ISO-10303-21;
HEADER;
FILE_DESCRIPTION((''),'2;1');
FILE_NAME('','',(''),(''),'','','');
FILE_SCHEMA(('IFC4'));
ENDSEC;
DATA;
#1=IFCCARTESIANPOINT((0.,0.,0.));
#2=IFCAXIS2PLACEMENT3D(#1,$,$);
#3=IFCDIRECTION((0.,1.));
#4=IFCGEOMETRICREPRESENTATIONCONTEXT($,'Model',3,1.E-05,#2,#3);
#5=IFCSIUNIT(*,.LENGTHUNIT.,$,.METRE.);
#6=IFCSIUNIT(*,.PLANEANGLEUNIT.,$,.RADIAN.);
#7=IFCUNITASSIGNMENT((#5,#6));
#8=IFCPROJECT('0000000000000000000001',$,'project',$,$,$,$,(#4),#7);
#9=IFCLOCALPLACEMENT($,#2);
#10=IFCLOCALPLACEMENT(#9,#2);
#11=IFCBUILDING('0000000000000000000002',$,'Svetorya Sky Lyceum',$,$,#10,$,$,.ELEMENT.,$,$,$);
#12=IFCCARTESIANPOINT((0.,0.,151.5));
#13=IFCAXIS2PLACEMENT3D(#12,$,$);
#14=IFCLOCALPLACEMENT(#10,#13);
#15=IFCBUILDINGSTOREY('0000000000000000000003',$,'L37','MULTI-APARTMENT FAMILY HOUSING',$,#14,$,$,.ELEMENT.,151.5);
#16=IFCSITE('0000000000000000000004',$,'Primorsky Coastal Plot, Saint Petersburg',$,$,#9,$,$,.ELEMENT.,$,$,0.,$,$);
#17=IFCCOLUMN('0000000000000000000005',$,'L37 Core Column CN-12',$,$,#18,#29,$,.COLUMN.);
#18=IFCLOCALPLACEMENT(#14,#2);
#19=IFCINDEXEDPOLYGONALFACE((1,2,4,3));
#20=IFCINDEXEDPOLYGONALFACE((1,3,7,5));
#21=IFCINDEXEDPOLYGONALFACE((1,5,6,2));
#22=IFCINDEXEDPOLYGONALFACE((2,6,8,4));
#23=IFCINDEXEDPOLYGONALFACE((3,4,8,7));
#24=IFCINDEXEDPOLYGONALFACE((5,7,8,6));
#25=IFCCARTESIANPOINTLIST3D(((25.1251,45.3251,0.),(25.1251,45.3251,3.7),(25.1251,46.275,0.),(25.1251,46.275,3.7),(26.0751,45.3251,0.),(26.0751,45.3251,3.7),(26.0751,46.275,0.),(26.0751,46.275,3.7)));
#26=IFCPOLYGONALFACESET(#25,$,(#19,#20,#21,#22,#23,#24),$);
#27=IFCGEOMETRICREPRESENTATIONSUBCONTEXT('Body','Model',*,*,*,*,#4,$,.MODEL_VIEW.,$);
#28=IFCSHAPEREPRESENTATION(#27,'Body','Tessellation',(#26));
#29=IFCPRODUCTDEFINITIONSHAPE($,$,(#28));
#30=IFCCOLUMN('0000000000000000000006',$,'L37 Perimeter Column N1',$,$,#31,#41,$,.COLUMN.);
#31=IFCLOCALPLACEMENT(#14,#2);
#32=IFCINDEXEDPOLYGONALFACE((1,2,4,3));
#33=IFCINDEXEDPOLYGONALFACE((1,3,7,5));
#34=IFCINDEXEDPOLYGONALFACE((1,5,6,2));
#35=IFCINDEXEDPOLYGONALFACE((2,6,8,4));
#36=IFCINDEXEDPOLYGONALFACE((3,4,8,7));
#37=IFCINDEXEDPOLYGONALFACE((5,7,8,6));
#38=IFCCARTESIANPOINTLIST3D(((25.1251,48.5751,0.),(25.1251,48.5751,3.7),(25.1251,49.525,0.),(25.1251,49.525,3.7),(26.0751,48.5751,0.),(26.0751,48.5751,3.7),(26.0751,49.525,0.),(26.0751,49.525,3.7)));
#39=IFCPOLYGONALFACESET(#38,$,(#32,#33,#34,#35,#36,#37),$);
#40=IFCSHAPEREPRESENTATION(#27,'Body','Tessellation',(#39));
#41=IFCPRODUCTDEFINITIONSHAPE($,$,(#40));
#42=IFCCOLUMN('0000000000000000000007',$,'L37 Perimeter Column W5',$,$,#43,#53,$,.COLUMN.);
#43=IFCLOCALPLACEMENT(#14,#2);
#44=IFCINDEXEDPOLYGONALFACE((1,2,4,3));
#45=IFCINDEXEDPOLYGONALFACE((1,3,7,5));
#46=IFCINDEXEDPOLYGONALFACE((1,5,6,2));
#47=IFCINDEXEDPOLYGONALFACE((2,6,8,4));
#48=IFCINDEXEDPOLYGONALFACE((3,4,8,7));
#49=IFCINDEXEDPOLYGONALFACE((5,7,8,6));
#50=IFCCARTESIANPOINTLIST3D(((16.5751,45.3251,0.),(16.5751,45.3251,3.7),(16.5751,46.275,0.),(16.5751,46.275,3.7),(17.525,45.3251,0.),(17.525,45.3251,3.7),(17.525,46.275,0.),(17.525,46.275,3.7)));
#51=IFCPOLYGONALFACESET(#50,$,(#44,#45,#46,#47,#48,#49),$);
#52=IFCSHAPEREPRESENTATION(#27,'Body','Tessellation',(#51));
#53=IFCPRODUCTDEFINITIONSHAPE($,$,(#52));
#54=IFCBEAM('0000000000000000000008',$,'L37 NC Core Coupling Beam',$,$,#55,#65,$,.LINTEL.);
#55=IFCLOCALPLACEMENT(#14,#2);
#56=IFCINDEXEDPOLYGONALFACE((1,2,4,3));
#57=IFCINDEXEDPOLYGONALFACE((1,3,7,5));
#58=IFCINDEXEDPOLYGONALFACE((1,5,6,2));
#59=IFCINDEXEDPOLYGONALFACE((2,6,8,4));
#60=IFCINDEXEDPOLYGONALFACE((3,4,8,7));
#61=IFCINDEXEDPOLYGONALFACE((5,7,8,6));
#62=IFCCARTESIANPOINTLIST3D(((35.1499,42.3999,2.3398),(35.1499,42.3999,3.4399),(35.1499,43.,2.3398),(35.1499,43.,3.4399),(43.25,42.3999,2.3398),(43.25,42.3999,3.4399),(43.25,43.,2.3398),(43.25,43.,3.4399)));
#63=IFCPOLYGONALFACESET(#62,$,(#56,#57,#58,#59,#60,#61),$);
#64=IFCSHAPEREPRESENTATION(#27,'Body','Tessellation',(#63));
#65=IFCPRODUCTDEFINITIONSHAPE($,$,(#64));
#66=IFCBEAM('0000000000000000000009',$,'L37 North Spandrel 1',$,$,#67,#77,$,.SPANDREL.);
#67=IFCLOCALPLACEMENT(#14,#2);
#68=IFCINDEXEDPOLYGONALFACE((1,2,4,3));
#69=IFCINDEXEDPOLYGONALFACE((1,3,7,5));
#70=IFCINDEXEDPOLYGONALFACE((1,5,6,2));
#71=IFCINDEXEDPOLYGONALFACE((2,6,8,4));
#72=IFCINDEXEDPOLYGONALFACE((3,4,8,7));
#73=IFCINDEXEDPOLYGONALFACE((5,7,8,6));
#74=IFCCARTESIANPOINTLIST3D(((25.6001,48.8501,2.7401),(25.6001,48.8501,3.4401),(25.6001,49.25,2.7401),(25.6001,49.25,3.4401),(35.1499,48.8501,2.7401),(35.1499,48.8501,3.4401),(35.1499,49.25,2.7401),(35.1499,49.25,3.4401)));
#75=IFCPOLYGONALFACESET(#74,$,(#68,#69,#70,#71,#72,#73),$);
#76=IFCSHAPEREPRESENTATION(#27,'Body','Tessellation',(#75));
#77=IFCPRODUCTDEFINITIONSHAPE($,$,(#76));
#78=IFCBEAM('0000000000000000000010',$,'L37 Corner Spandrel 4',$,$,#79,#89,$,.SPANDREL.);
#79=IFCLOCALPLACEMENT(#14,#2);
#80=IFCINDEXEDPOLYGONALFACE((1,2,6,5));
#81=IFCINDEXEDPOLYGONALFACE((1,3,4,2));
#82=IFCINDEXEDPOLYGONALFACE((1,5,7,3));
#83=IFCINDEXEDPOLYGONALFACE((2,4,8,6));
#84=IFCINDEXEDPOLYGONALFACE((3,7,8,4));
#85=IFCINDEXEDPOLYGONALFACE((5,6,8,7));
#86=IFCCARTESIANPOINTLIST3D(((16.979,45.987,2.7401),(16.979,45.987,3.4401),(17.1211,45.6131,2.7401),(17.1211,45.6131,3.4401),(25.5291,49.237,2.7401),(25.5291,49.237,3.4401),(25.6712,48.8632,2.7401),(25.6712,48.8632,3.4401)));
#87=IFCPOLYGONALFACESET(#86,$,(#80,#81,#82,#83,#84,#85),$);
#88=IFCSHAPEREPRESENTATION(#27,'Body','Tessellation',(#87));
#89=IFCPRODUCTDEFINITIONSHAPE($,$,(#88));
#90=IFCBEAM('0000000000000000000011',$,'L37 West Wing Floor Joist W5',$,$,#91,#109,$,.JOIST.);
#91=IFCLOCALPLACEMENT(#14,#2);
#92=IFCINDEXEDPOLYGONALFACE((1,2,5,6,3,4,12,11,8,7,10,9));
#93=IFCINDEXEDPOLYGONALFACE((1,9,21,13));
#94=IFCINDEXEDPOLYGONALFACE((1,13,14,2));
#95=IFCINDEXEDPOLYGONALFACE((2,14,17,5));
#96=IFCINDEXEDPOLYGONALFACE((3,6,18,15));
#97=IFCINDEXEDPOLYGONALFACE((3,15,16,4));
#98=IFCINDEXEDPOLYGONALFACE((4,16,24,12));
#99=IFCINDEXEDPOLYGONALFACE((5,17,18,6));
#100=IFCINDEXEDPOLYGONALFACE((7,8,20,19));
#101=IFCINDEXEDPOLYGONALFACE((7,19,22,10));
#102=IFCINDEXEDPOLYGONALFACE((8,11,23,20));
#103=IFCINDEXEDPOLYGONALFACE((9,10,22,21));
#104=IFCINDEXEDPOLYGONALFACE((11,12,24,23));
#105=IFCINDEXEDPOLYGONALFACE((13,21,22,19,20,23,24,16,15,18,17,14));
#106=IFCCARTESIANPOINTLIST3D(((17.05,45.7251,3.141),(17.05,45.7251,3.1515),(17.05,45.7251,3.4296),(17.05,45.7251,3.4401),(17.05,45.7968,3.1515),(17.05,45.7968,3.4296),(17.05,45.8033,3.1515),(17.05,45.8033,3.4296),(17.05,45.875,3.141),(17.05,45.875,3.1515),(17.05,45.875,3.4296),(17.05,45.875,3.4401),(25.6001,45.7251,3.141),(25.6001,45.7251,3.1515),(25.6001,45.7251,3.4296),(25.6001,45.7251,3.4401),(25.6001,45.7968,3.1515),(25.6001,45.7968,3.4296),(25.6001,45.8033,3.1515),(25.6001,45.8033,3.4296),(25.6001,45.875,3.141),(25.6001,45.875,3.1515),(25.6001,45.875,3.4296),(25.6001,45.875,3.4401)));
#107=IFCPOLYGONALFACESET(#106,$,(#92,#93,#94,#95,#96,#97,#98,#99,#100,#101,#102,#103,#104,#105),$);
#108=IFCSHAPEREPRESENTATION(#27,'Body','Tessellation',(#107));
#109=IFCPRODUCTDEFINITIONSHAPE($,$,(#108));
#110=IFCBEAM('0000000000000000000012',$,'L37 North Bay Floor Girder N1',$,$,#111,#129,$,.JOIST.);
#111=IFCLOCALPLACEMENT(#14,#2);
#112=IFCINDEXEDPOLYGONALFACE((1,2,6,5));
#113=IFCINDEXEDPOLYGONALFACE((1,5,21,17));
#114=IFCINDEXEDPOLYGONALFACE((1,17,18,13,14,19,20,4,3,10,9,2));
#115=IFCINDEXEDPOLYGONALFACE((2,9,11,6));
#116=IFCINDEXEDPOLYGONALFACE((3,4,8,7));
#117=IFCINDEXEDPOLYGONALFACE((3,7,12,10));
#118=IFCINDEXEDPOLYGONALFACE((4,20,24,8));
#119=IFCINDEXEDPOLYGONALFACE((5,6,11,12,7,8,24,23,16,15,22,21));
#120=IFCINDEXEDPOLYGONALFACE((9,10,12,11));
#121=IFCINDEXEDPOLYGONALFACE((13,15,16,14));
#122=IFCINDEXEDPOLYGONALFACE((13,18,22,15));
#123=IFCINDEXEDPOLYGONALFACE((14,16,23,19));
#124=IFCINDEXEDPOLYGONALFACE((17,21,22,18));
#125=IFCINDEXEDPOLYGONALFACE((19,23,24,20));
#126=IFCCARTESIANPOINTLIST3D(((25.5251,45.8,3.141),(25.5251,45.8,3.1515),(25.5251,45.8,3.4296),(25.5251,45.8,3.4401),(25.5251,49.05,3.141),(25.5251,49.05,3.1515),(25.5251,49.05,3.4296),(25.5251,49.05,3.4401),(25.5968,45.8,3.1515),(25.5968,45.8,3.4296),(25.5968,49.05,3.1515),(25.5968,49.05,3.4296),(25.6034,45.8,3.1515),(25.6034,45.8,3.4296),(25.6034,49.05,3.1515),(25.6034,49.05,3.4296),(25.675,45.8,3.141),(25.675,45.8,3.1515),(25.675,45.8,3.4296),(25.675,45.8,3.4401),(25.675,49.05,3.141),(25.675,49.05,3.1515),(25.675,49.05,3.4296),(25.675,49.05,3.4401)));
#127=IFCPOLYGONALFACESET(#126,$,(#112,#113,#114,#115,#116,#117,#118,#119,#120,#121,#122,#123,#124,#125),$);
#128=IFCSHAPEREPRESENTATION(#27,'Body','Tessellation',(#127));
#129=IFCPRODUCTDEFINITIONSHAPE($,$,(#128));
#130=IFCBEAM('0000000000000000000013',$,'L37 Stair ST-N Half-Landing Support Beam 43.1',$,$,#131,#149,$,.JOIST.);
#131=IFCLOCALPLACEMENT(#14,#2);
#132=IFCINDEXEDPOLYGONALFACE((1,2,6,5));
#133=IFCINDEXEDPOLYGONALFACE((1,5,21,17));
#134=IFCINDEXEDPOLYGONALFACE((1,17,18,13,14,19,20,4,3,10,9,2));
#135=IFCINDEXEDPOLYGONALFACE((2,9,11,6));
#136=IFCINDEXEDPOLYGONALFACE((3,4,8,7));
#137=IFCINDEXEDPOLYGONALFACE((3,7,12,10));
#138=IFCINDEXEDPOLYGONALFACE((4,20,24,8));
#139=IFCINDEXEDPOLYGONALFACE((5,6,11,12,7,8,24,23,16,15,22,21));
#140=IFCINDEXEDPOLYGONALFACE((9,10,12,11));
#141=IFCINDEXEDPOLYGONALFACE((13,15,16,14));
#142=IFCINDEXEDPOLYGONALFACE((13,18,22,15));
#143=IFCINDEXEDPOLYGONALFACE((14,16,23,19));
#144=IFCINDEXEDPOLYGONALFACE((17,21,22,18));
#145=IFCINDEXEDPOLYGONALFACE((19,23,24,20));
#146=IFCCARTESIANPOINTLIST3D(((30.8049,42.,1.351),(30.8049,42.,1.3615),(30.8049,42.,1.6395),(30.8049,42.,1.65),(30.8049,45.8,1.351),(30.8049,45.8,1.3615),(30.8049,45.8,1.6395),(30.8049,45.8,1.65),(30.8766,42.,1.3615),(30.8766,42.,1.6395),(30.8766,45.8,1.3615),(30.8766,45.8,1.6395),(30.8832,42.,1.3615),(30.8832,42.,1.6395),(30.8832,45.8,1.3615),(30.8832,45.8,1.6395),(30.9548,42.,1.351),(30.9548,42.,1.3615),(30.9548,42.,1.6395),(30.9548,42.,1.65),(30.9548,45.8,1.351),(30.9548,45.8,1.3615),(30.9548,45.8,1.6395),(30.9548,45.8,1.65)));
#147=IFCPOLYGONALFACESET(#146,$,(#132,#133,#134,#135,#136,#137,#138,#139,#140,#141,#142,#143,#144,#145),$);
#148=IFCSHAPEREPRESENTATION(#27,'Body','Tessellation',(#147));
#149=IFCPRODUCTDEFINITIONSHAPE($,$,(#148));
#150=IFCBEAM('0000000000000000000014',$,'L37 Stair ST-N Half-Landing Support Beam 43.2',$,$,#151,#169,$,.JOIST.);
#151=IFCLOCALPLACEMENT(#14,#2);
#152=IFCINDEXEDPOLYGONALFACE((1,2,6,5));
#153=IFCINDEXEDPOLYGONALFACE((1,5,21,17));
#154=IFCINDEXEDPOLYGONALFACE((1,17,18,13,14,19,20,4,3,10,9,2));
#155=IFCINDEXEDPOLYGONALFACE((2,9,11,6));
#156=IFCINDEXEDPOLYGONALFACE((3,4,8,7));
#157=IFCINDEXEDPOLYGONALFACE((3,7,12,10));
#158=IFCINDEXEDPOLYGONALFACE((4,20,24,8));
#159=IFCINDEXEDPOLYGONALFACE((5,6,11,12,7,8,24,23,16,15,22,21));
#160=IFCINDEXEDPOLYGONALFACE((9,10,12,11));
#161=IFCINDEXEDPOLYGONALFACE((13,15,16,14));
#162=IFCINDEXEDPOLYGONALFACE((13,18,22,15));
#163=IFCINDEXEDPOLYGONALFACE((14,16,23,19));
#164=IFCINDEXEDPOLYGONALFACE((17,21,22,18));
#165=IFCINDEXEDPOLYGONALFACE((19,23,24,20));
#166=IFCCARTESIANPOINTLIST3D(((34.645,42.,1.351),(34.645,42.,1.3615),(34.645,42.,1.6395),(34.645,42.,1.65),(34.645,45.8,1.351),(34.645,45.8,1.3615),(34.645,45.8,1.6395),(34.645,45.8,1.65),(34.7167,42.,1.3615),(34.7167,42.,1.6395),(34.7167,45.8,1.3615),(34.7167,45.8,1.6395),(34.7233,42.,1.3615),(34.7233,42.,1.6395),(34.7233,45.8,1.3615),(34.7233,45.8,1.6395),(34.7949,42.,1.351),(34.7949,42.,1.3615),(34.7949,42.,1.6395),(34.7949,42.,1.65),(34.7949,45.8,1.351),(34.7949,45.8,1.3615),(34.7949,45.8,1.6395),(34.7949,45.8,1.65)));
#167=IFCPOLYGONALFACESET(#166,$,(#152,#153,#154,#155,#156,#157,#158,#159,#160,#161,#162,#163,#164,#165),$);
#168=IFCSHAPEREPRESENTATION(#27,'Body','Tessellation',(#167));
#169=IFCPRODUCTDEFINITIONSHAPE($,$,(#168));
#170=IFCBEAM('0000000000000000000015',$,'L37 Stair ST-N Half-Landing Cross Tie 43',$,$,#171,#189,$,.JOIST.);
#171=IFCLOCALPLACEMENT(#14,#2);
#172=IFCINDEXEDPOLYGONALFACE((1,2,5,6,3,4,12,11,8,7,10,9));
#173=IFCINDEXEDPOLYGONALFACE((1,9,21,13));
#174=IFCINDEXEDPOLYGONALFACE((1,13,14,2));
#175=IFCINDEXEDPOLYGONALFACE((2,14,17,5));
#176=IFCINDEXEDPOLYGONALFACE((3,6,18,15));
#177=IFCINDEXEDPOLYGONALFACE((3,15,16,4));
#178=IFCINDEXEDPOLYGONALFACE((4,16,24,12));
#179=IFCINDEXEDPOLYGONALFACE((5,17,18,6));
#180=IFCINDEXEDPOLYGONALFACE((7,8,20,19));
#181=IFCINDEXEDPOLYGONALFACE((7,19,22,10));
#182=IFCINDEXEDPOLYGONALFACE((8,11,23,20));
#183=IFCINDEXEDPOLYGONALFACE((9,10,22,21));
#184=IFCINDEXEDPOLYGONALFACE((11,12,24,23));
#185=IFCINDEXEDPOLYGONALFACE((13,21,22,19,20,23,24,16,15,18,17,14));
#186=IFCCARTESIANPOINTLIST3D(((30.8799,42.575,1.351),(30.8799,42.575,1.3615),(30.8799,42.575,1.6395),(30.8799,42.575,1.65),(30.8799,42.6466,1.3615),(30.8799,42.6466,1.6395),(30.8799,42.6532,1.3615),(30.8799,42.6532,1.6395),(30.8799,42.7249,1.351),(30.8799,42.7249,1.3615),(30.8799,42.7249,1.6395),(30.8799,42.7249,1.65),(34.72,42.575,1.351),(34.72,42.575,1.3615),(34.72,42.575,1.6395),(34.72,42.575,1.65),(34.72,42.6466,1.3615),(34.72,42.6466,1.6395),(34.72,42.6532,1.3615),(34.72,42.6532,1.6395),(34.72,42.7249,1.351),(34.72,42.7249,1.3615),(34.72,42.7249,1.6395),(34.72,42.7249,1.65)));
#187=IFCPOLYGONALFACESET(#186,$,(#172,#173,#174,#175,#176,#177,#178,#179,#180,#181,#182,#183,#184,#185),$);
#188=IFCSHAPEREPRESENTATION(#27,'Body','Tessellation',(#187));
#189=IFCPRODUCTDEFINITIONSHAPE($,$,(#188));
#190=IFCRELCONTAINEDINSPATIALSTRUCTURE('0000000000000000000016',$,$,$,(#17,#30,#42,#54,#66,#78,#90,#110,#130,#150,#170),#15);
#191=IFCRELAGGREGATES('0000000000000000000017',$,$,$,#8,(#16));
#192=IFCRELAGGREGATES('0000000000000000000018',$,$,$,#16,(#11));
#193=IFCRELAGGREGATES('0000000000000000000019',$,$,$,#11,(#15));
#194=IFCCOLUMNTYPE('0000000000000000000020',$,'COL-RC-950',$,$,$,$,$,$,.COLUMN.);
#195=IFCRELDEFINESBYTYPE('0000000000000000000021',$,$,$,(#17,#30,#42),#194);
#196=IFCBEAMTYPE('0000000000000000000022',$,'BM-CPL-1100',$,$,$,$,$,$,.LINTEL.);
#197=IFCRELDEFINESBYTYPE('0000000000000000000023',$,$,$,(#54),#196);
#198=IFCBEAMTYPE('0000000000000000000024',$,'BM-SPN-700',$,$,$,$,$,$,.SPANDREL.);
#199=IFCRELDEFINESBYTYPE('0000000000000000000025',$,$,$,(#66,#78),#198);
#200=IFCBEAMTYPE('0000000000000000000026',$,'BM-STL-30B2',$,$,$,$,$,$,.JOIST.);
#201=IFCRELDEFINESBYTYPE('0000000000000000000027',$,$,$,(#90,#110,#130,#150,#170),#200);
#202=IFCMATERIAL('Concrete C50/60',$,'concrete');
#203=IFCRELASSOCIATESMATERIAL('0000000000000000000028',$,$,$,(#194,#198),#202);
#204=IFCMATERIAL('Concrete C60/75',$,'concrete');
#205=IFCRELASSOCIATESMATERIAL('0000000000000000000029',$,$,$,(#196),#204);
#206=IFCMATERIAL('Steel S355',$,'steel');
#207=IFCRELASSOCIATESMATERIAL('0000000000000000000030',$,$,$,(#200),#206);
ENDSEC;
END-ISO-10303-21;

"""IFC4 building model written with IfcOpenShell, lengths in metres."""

from ifc_helpers import new_model, si_unit, direction, frame, origin, origin_2d, place, context, subcontext, project, spatial, rectangle, i_section, extrude, material, material_profile, profile_set, type_object, element, save


model = new_model("IFC4")

# Units and contexts
model_context = context("Model", 3, precision=1e-05, world=origin(), true_north=direction((0.0, 1.0)))
body_context = subcontext(model_context, "Body", "Model", "MODEL_VIEW")
ifc_project = project(units=[si_unit("LENGTHUNIT", "METRE"), si_unit("PLANEANGLEUNIT", "RADIAN")], contexts=[model_context])

# Site, building, storey
site_placement = place(None, origin())
site = spatial("IfcSite", under=ifc_project, at=site_placement, Name="Primorsky Coastal Plot, Saint Petersburg", CompositionType="ELEMENT", RefElevation=0.0)
building_placement = place(site_placement, origin())
building = spatial("IfcBuilding", under=site, at=building_placement, Name="Svetorya Sky Lyceum", CompositionType="ELEMENT")
storey_placement = place(building_placement, frame((0.0, 0.0, 151.5)))
storey = spatial("IfcBuildingStorey", under=building, at=storey_placement, Name="L37", Description="MULTI-APARTMENT FAMILY HOUSING", CompositionType="ELEMENT", Elevation=151.5)

# Columns
ifc_material_1 = material(Name="Concrete C50/60", Category="concrete")
ifc_material_profile_1 = material_profile(ifc_material_1, rectangle(XDim=0.95, YDim=0.95, at=origin_2d()), Name="RC COL 950x950")
ifc_profile_set_1 = profile_set([ifc_material_profile_1], Name="Concrete C50/60")
column_type = type_object("IfcColumnType", Name="COL-RC-950", PredefinedType="COLUMN", material=ifc_profile_set_1)
for number, where, z_axis, x_axis, name in (
    (1, (25.6001, 45.8, 0.0), (0.0, 0.0, 1.0), (1.0, 0.0, 0.0), "L37 Core Column CN-12"),
    (2, (25.6001, 49.05, 0.0), (0.0, 0.0, 1.0), (1.0, 0.0, 0.0), "L37 Perimeter Column N1"),
    (3, (17.05, 45.8, 0.0), (0.0, 0.0, 1.0), (1.0, 0.0, 0.0), "L37 Perimeter Column W5"),
):
    element("IfcColumn", number, at=place(storey_placement, frame(where, z_axis=z_axis, x_axis=x_axis)), inside=storey, type_object=column_type, Name=name, PredefinedType="COLUMN", context=body_context, shape_type="SweptSolid", body=[
        extrude(rectangle(XDim=0.95, YDim=0.95, at=origin_2d()), origin(), (0.0, 0.0, 1.0), 3.7),
    ])

# Beams
ifc_material_2 = material(Name="Concrete C60/75", Category="concrete")
ifc_material_profile_2 = material_profile(ifc_material_2, rectangle(XDim=0.6001, YDim=1.1001, at=origin_2d()), Name="RC COUPLING 600x1100")
ifc_profile_set_2 = profile_set([ifc_material_profile_2], Name="Concrete C60/75")
beam_type_1 = type_object("IfcBeamType", Name="BM-CPL-1100", PredefinedType="LINTEL", material=ifc_profile_set_2)
beam_1_placement = place(storey_placement, frame((35.1499, 42.7, 2.8899), z_axis=(1.0, 0.0, 0.0), x_axis=(0.0, 1.0, 0.0)))
element("IfcBeam", 4, at=beam_1_placement, inside=storey, type_object=beam_type_1, Name="L37 NC Core Coupling Beam", PredefinedType="LINTEL", context=body_context, shape_type="SweptSolid", body=[
    extrude(rectangle(XDim=0.6001, YDim=1.1001, at=origin_2d()), origin(), (0.0, 0.0, 1.0), 8.1001),
])
ifc_material_profile_3 = material_profile(ifc_material_1, rectangle(XDim=0.3999, YDim=0.7, at=origin_2d()), Name="RC SPANDREL 400x700")
ifc_profile_set_3 = profile_set([ifc_material_profile_3], Name="Concrete C50/60")
beam_type_2 = type_object("IfcBeamType", Name="BM-SPN-700", PredefinedType="SPANDREL", material=ifc_profile_set_3)
beam_2_placement = place(storey_placement, frame((25.6001, 49.05, 3.0901), z_axis=(1.0, 0.0, 0.0), x_axis=(0.0, 1.0, 0.0)))
element("IfcBeam", 5, at=beam_2_placement, inside=storey, type_object=beam_type_2, Name="L37 North Spandrel 1", PredefinedType="SPANDREL", context=body_context, shape_type="SweptSolid", body=[
    extrude(rectangle(XDim=0.3999, YDim=0.7, at=origin_2d()), origin(), (0.0, 0.0, 1.0), 9.5498),
])
beam_3_placement = place(storey_placement, frame((17.05, 45.8, 3.0901), z_axis=(0.934748, 0.355312, 0.0), x_axis=(-0.355312, 0.934748, 0.0)))
element("IfcBeam", 6, at=beam_3_placement, inside=storey, type_object=beam_type_2, Name="L37 Corner Spandrel 4", PredefinedType="SPANDREL", context=body_context, shape_type="SweptSolid", body=[
    extrude(rectangle(XDim=0.3999, YDim=0.7, at=origin_2d()), origin(), (0.0, 0.0, 1.0), 9.147),
])
ifc_material_3 = material(Name="Steel S355", Category="steel")
ifc_material_profile_4 = material_profile(ifc_material_3, i_section(OverallWidth=0.1499, OverallDepth=0.2991, WebThickness=0.0066, FlangeThickness=0.0105, at=origin_2d()), Name="GOST 30B2")
ifc_profile_set_4 = profile_set([ifc_material_profile_4], Name="Steel S355")
beam_type_3 = type_object("IfcBeamType", Name="BM-STL-30B2", PredefinedType="JOIST", material=ifc_profile_set_4)
beam_4_placement = place(storey_placement, frame((17.05, 45.8, 3.2905), z_axis=(1.0, 0.0, 0.0), x_axis=(0.0, 1.0, 0.0)))
element("IfcBeam", 7, at=beam_4_placement, inside=storey, type_object=beam_type_3, Name="L37 West Wing Floor Joist W5", PredefinedType="JOIST", context=body_context, shape_type="SweptSolid", body=[
    extrude(i_section(OverallWidth=0.1499, OverallDepth=0.2991, WebThickness=0.0066, FlangeThickness=0.0105, at=origin_2d()), origin(), (0.0, 0.0, 1.0), 8.55),
])
beam_5_placement = place(storey_placement, frame((25.6001, 45.8, 3.2905), z_axis=(0.0, 1.0, 0.0), x_axis=(-1.0, 0.0, 0.0)))
element("IfcBeam", 8, at=beam_5_placement, inside=storey, type_object=beam_type_3, Name="L37 North Bay Floor Girder N1", PredefinedType="JOIST", context=body_context, shape_type="SweptSolid", body=[
    extrude(i_section(OverallWidth=0.1499, OverallDepth=0.2991, WebThickness=0.0066, FlangeThickness=0.0105, at=origin_2d()), origin(), (0.0, 0.0, 1.0), 3.25),
])
for number, where, z_axis, x_axis, name in (
    (9, (30.8799, 42.0, 1.5005), (0.0, 1.0, 0.0), (-1.0, 0.0, 0.0), "L37 Stair ST-N Half-Landing Support Beam 43.1"),
    (10, (34.72, 42.0, 1.5005), (0.0, 1.0, 0.0), (-1.0, 0.0, 0.0), "L37 Stair ST-N Half-Landing Support Beam 43.2"),
):
    element("IfcBeam", number, at=place(storey_placement, frame(where, z_axis=z_axis, x_axis=x_axis)), inside=storey, type_object=beam_type_3, Name=name, PredefinedType="JOIST", context=body_context, shape_type="SweptSolid", body=[
        extrude(i_section(OverallWidth=0.1499, OverallDepth=0.2991, WebThickness=0.0066, FlangeThickness=0.0105, at=origin_2d()), origin(), (0.0, 0.0, 1.0), 3.8),
    ])
beam_6_placement = place(storey_placement, frame((30.8799, 42.6499, 1.5005), z_axis=(1.0, 0.0, 0.0), x_axis=(0.0, 1.0, 0.0)))
element("IfcBeam", 11, at=beam_6_placement, inside=storey, type_object=beam_type_3, Name="L37 Stair ST-N Half-Landing Cross Tie 43", PredefinedType="JOIST", context=body_context, shape_type="SweptSolid", body=[
    extrude(i_section(OverallWidth=0.1499, OverallDepth=0.2991, WebThickness=0.0066, FlangeThickness=0.0105, at=origin_2d()), origin(), (0.0, 0.0, 1.0), 3.8401),
])

save(model, "model.ifc")
